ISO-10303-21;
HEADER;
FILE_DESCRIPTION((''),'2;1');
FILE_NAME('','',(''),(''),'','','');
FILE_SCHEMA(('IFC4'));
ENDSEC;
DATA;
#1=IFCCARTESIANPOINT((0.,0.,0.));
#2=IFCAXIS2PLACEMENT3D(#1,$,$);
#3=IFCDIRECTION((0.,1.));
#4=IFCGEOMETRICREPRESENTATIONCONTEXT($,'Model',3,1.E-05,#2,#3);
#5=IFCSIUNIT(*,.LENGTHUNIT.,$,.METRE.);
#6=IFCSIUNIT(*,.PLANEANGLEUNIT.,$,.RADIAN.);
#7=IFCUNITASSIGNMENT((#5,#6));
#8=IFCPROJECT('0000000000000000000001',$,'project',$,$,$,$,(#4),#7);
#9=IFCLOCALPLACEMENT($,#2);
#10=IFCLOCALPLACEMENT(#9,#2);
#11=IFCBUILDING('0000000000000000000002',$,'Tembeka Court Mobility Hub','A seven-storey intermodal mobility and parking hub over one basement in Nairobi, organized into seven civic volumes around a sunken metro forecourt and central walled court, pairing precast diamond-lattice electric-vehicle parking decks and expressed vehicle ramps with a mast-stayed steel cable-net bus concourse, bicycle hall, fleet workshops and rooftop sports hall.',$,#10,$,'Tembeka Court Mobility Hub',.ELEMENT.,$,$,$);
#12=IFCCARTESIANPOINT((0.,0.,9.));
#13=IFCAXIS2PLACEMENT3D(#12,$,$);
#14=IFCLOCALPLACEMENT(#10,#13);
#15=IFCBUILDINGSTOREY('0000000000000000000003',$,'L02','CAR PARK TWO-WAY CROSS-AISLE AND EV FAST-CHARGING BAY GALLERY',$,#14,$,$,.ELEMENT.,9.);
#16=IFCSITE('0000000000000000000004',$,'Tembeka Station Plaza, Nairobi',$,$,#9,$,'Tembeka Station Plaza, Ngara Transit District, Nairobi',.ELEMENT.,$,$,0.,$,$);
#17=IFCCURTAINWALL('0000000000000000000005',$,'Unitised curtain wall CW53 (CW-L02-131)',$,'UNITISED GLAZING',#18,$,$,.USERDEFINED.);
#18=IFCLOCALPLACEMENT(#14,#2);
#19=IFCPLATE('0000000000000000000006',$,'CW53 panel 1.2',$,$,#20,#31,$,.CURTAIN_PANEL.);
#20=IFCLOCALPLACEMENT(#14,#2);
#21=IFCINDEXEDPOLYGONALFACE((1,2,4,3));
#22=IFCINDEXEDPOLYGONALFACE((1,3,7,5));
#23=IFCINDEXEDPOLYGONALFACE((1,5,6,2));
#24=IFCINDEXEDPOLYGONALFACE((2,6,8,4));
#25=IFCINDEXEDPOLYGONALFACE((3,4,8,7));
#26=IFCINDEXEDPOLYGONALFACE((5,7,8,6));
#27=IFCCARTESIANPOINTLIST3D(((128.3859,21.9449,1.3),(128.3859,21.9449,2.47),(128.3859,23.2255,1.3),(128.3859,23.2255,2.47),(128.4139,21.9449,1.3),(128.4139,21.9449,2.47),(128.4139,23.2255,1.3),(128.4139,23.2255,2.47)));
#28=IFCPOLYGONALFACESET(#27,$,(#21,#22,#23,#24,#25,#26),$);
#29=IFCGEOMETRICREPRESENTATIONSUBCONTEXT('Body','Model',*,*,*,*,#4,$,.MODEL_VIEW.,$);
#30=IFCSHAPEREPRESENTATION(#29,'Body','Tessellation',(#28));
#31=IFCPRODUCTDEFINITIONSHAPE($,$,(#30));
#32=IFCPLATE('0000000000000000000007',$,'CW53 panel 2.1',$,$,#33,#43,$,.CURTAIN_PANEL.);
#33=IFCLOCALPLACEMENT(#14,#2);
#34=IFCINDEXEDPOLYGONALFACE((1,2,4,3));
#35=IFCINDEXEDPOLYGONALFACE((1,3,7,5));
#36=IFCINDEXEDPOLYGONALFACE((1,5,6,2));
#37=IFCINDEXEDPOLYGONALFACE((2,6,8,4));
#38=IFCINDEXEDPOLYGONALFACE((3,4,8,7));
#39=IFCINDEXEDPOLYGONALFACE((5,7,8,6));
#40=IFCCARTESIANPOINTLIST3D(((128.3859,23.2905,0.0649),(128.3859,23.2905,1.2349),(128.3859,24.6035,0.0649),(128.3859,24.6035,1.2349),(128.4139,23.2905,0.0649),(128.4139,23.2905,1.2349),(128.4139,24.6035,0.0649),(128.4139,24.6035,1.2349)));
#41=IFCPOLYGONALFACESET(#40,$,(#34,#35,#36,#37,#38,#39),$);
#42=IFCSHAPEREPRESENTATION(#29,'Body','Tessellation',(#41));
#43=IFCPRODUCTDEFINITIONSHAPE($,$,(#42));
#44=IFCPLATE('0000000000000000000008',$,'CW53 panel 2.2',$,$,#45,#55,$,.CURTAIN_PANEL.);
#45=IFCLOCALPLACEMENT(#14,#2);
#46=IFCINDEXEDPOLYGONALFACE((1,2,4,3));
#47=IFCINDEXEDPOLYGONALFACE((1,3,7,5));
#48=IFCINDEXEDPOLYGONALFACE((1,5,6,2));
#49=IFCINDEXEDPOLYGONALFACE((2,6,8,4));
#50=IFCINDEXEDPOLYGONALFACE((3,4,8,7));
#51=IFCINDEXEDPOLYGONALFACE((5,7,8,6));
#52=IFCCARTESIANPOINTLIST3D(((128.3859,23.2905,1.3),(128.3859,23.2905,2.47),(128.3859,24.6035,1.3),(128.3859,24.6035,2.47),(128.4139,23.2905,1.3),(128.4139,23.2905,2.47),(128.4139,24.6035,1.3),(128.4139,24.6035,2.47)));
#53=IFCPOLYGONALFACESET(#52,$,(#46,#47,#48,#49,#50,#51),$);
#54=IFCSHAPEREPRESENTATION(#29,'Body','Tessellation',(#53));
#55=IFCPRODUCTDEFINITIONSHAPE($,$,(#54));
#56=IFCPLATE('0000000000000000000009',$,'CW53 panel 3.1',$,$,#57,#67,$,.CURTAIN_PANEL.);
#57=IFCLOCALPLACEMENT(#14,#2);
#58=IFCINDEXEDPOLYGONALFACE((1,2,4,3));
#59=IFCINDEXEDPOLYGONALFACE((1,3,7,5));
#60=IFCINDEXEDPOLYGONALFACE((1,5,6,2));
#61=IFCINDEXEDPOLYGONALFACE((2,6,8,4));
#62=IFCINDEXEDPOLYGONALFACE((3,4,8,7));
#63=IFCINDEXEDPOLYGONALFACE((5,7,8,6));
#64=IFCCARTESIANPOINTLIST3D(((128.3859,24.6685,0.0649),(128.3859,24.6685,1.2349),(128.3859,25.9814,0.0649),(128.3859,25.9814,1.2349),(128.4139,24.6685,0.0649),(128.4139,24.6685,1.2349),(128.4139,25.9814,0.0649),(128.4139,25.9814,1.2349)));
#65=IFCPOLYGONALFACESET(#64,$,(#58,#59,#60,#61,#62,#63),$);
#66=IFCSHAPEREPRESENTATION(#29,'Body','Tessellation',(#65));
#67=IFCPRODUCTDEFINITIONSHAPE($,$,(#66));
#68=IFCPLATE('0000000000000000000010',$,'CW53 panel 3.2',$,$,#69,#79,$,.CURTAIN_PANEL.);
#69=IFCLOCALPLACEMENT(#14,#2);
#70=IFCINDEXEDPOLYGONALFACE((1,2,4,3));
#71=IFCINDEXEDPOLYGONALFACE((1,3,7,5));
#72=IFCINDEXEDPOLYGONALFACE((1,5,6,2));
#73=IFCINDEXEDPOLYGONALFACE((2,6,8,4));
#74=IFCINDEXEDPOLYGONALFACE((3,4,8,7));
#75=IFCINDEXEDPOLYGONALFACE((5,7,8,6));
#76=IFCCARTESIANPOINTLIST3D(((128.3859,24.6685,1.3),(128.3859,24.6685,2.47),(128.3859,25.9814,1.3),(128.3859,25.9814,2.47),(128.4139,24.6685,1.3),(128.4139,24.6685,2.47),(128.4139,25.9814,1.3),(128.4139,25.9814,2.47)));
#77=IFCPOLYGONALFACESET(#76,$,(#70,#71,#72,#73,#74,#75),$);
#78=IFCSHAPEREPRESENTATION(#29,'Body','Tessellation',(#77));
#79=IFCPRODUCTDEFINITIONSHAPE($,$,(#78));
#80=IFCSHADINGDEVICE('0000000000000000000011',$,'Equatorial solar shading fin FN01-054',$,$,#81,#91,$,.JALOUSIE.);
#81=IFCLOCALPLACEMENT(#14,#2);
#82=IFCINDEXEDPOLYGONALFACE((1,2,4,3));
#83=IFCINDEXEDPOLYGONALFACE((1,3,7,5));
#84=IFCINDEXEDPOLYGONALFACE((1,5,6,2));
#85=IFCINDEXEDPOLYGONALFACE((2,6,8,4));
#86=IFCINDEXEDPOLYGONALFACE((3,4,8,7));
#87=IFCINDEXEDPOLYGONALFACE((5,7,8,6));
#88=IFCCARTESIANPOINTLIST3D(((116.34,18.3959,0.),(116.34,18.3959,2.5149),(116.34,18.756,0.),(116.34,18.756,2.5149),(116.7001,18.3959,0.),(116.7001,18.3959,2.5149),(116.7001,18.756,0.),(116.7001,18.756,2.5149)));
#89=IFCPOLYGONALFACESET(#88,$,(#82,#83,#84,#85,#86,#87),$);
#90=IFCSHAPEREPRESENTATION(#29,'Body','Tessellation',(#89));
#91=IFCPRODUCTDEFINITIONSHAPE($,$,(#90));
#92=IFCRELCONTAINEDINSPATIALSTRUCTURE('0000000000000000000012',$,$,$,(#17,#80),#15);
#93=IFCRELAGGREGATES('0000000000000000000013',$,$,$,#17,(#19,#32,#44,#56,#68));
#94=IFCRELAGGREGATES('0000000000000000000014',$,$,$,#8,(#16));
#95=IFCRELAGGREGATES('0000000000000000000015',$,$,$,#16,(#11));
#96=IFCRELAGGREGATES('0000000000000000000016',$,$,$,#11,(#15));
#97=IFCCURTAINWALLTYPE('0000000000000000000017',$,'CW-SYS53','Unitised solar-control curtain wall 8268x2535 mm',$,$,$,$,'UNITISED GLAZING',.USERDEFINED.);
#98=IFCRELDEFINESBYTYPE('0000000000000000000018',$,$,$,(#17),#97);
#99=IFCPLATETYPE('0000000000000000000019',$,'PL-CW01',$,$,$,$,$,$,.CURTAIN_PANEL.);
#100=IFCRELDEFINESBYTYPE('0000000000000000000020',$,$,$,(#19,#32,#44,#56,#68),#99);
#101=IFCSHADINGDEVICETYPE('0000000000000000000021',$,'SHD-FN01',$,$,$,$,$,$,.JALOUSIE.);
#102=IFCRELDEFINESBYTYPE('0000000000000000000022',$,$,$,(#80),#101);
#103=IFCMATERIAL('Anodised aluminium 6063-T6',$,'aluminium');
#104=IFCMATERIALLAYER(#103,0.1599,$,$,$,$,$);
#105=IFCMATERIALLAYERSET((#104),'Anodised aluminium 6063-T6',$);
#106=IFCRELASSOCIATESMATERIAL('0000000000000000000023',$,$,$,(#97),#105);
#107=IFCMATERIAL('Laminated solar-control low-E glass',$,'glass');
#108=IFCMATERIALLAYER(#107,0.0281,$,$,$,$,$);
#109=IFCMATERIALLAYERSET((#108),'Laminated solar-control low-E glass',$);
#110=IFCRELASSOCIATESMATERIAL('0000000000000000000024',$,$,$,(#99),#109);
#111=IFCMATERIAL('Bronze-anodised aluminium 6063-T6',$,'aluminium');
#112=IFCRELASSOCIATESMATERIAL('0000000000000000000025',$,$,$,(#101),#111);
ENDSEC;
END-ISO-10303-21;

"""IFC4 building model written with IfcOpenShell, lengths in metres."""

from ifc_helpers import new_model, si_unit, direction, frame, origin, origin_2d, place, context, subcontext, project, spatial, rectangle, extrude, material, layer, layer_set, material_profile, profile_set, type_object, element, aggregate, save


model = new_model("IFC4")

# Units and contexts
model_context = context("Model", 3, precision=1e-05, world=origin(), true_north=direction((0.0, 1.0)))
body_context = subcontext(model_context, "Body", "Model", "MODEL_VIEW")
ifc_project = project(units=[si_unit("LENGTHUNIT", "METRE"), si_unit("PLANEANGLEUNIT", "RADIAN")], contexts=[model_context])

# Site, building, storey
site_placement = place(None, origin())
site = spatial("IfcSite", under=ifc_project, at=site_placement, Name="Tembeka Station Plaza, Nairobi", LongName="Tembeka Station Plaza, Ngara Transit District, Nairobi", CompositionType="ELEMENT", RefElevation=0.0)
building_placement = place(site_placement, origin())
building = spatial("IfcBuilding", under=site, at=building_placement, Name="Tembeka Court Mobility Hub", Description="A seven-storey intermodal mobility and parking hub over one basement in Nairobi, organized into seven civic volumes around a sunken metro forecourt and central walled court, pairing precast diamond-lattice electric-vehicle parking decks and expressed vehicle ramps with a mast-stayed steel cable-net bus concourse, bicycle hall, fleet workshops and rooftop sports hall.", LongName="Tembeka Court Mobility Hub", CompositionType="ELEMENT")
storey_placement = place(building_placement, frame((0.0, 0.0, 9.0)))
storey = spatial("IfcBuildingStorey", under=building, at=storey_placement, Name="L02", Description="CAR PARK TWO-WAY CROSS-AISLE AND EV FAST-CHARGING BAY GALLERY", CompositionType="ELEMENT", Elevation=9.0)

# Curtain wall
ifc_material_1 = material(Name="Anodised aluminium 6063-T6", Category="aluminium")
ifc_layer_1 = layer(ifc_material_1, 0.1599)
ifc_layer_set_1 = layer_set([ifc_layer_1], Name="Anodised aluminium 6063-T6")
curtain_wall_type_1 = type_object("IfcCurtainWallType", Name="CW-SYS53", Description="Unitised solar-control curtain wall 8268x2535 mm", ElementType="UNITISED GLAZING", PredefinedType="USERDEFINED", material=ifc_layer_set_1)
curtain_wall_1_placement = place(storey_placement, origin())
curtain_wall_1 = element("IfcCurtainWall", 1, at=curtain_wall_1_placement, inside=storey, type_object=curtain_wall_type_1, Name="Unitised curtain wall CW53 (CW-L02-131)", ObjectType="UNITISED GLAZING", PredefinedType="USERDEFINED")

# Plates
ifc_material_2 = material(Name="Laminated solar-control low-E glass", Category="glass")
ifc_layer_2 = layer(ifc_material_2, 0.0281)
ifc_layer_set_2 = layer_set([ifc_layer_2], Name="Laminated solar-control low-E glass")
plate_type = type_object("IfcPlateType", Name="PL-CW01", PredefinedType="CURTAIN_PANEL", material=ifc_layer_set_2)
plate_1_placement = place(storey_placement, frame((128.3999, 22.5852, 1.3), z_axis=(0.0, 0.0, 1.0), x_axis=(0.0, 1.0, 0.0)))
plate_1 = element("IfcPlate", 2, at=plate_1_placement, type_object=plate_type, Name="CW53 panel 1.2", PredefinedType="CURTAIN_PANEL", context=body_context, shape_type="SweptSolid", body=[
    extrude(rectangle(XDim=1.2805, YDim=0.0281, at=origin_2d()), origin(), (0.0, 0.0, 1.0), 1.1699),
])
plate_2_placement = place(storey_placement, frame((128.3999, 23.947, 0.0649), z_axis=(0.0, 0.0, 1.0), x_axis=(0.0, 1.0, 0.0)))
plate_2 = element("IfcPlate", 3, at=plate_2_placement, type_object=plate_type, Name="CW53 panel 2.1", PredefinedType="CURTAIN_PANEL", context=body_context, shape_type="SweptSolid", body=[
    extrude(rectangle(XDim=1.313, YDim=0.0281, at=origin_2d()), origin(), (0.0, 0.0, 1.0), 1.1699),
])
plate_3_placement = place(storey_placement, frame((128.3999, 23.947, 1.3), z_axis=(0.0, 0.0, 1.0), x_axis=(0.0, 1.0, 0.0)))
plate_3 = element("IfcPlate", 4, at=plate_3_placement, type_object=plate_type, Name="CW53 panel 2.2", PredefinedType="CURTAIN_PANEL", context=body_context, shape_type="SweptSolid", body=[
    extrude(rectangle(XDim=1.313, YDim=0.0281, at=origin_2d()), origin(), (0.0, 0.0, 1.0), 1.1699),
])
plate_4_placement = place(storey_placement, frame((128.3999, 25.325, 0.0649), z_axis=(0.0, 0.0, 1.0), x_axis=(0.0, 1.0, 0.0)))
plate_4 = element("IfcPlate", 5, at=plate_4_placement, type_object=plate_type, Name="CW53 panel 3.1", PredefinedType="CURTAIN_PANEL", context=body_context, shape_type="SweptSolid", body=[
    extrude(rectangle(XDim=1.313, YDim=0.0281, at=origin_2d()), origin(), (0.0, 0.0, 1.0), 1.1699),
])
plate_5_placement = place(storey_placement, frame((128.3999, 25.325, 1.3), z_axis=(0.0, 0.0, 1.0), x_axis=(0.0, 1.0, 0.0)))
plate_5 = element("IfcPlate", 6, at=plate_5_placement, type_object=plate_type, Name="CW53 panel 3.2", PredefinedType="CURTAIN_PANEL", context=body_context, shape_type="SweptSolid", body=[
    extrude(rectangle(XDim=1.313, YDim=0.0281, at=origin_2d()), origin(), (0.0, 0.0, 1.0), 1.1699),
])
aggregate(curtain_wall_1, [plate_1, plate_2, plate_3, plate_4, plate_5])

# Shading device
ifc_material_3 = material(Name="Bronze-anodised aluminium 6063-T6", Category="aluminium")
ifc_material_profile_1 = material_profile(ifc_material_3, rectangle(XDim=0.3601, YDim=0.3601, at=origin_2d()), Name="ALU-FIN 360x360")
ifc_profile_set_1 = profile_set([ifc_material_profile_1], Name="Bronze-anodised aluminium 6063-T6")
shading_device_type = type_object("IfcShadingDeviceType", Name="SHD-FN01", PredefinedType="JALOUSIE", material=ifc_profile_set_1)
shading_device_placement = place(storey_placement, frame((116.52, 18.5759, 0.0), z_axis=(0.0, 0.0, 1.0), x_axis=(1.0, 0.0, 0.0)))
element("IfcShadingDevice", 7, at=shading_device_placement, inside=storey, type_object=shading_device_type, Name="Equatorial solar shading fin FN01-054", PredefinedType="JALOUSIE", context=body_context, shape_type="SweptSolid", body=[
    extrude(rectangle(XDim=0.3601, YDim=0.3601, at=origin_2d()), origin(), (0.0, 0.0, 1.0), 2.5149),
])

save(model, "model.ifc")
